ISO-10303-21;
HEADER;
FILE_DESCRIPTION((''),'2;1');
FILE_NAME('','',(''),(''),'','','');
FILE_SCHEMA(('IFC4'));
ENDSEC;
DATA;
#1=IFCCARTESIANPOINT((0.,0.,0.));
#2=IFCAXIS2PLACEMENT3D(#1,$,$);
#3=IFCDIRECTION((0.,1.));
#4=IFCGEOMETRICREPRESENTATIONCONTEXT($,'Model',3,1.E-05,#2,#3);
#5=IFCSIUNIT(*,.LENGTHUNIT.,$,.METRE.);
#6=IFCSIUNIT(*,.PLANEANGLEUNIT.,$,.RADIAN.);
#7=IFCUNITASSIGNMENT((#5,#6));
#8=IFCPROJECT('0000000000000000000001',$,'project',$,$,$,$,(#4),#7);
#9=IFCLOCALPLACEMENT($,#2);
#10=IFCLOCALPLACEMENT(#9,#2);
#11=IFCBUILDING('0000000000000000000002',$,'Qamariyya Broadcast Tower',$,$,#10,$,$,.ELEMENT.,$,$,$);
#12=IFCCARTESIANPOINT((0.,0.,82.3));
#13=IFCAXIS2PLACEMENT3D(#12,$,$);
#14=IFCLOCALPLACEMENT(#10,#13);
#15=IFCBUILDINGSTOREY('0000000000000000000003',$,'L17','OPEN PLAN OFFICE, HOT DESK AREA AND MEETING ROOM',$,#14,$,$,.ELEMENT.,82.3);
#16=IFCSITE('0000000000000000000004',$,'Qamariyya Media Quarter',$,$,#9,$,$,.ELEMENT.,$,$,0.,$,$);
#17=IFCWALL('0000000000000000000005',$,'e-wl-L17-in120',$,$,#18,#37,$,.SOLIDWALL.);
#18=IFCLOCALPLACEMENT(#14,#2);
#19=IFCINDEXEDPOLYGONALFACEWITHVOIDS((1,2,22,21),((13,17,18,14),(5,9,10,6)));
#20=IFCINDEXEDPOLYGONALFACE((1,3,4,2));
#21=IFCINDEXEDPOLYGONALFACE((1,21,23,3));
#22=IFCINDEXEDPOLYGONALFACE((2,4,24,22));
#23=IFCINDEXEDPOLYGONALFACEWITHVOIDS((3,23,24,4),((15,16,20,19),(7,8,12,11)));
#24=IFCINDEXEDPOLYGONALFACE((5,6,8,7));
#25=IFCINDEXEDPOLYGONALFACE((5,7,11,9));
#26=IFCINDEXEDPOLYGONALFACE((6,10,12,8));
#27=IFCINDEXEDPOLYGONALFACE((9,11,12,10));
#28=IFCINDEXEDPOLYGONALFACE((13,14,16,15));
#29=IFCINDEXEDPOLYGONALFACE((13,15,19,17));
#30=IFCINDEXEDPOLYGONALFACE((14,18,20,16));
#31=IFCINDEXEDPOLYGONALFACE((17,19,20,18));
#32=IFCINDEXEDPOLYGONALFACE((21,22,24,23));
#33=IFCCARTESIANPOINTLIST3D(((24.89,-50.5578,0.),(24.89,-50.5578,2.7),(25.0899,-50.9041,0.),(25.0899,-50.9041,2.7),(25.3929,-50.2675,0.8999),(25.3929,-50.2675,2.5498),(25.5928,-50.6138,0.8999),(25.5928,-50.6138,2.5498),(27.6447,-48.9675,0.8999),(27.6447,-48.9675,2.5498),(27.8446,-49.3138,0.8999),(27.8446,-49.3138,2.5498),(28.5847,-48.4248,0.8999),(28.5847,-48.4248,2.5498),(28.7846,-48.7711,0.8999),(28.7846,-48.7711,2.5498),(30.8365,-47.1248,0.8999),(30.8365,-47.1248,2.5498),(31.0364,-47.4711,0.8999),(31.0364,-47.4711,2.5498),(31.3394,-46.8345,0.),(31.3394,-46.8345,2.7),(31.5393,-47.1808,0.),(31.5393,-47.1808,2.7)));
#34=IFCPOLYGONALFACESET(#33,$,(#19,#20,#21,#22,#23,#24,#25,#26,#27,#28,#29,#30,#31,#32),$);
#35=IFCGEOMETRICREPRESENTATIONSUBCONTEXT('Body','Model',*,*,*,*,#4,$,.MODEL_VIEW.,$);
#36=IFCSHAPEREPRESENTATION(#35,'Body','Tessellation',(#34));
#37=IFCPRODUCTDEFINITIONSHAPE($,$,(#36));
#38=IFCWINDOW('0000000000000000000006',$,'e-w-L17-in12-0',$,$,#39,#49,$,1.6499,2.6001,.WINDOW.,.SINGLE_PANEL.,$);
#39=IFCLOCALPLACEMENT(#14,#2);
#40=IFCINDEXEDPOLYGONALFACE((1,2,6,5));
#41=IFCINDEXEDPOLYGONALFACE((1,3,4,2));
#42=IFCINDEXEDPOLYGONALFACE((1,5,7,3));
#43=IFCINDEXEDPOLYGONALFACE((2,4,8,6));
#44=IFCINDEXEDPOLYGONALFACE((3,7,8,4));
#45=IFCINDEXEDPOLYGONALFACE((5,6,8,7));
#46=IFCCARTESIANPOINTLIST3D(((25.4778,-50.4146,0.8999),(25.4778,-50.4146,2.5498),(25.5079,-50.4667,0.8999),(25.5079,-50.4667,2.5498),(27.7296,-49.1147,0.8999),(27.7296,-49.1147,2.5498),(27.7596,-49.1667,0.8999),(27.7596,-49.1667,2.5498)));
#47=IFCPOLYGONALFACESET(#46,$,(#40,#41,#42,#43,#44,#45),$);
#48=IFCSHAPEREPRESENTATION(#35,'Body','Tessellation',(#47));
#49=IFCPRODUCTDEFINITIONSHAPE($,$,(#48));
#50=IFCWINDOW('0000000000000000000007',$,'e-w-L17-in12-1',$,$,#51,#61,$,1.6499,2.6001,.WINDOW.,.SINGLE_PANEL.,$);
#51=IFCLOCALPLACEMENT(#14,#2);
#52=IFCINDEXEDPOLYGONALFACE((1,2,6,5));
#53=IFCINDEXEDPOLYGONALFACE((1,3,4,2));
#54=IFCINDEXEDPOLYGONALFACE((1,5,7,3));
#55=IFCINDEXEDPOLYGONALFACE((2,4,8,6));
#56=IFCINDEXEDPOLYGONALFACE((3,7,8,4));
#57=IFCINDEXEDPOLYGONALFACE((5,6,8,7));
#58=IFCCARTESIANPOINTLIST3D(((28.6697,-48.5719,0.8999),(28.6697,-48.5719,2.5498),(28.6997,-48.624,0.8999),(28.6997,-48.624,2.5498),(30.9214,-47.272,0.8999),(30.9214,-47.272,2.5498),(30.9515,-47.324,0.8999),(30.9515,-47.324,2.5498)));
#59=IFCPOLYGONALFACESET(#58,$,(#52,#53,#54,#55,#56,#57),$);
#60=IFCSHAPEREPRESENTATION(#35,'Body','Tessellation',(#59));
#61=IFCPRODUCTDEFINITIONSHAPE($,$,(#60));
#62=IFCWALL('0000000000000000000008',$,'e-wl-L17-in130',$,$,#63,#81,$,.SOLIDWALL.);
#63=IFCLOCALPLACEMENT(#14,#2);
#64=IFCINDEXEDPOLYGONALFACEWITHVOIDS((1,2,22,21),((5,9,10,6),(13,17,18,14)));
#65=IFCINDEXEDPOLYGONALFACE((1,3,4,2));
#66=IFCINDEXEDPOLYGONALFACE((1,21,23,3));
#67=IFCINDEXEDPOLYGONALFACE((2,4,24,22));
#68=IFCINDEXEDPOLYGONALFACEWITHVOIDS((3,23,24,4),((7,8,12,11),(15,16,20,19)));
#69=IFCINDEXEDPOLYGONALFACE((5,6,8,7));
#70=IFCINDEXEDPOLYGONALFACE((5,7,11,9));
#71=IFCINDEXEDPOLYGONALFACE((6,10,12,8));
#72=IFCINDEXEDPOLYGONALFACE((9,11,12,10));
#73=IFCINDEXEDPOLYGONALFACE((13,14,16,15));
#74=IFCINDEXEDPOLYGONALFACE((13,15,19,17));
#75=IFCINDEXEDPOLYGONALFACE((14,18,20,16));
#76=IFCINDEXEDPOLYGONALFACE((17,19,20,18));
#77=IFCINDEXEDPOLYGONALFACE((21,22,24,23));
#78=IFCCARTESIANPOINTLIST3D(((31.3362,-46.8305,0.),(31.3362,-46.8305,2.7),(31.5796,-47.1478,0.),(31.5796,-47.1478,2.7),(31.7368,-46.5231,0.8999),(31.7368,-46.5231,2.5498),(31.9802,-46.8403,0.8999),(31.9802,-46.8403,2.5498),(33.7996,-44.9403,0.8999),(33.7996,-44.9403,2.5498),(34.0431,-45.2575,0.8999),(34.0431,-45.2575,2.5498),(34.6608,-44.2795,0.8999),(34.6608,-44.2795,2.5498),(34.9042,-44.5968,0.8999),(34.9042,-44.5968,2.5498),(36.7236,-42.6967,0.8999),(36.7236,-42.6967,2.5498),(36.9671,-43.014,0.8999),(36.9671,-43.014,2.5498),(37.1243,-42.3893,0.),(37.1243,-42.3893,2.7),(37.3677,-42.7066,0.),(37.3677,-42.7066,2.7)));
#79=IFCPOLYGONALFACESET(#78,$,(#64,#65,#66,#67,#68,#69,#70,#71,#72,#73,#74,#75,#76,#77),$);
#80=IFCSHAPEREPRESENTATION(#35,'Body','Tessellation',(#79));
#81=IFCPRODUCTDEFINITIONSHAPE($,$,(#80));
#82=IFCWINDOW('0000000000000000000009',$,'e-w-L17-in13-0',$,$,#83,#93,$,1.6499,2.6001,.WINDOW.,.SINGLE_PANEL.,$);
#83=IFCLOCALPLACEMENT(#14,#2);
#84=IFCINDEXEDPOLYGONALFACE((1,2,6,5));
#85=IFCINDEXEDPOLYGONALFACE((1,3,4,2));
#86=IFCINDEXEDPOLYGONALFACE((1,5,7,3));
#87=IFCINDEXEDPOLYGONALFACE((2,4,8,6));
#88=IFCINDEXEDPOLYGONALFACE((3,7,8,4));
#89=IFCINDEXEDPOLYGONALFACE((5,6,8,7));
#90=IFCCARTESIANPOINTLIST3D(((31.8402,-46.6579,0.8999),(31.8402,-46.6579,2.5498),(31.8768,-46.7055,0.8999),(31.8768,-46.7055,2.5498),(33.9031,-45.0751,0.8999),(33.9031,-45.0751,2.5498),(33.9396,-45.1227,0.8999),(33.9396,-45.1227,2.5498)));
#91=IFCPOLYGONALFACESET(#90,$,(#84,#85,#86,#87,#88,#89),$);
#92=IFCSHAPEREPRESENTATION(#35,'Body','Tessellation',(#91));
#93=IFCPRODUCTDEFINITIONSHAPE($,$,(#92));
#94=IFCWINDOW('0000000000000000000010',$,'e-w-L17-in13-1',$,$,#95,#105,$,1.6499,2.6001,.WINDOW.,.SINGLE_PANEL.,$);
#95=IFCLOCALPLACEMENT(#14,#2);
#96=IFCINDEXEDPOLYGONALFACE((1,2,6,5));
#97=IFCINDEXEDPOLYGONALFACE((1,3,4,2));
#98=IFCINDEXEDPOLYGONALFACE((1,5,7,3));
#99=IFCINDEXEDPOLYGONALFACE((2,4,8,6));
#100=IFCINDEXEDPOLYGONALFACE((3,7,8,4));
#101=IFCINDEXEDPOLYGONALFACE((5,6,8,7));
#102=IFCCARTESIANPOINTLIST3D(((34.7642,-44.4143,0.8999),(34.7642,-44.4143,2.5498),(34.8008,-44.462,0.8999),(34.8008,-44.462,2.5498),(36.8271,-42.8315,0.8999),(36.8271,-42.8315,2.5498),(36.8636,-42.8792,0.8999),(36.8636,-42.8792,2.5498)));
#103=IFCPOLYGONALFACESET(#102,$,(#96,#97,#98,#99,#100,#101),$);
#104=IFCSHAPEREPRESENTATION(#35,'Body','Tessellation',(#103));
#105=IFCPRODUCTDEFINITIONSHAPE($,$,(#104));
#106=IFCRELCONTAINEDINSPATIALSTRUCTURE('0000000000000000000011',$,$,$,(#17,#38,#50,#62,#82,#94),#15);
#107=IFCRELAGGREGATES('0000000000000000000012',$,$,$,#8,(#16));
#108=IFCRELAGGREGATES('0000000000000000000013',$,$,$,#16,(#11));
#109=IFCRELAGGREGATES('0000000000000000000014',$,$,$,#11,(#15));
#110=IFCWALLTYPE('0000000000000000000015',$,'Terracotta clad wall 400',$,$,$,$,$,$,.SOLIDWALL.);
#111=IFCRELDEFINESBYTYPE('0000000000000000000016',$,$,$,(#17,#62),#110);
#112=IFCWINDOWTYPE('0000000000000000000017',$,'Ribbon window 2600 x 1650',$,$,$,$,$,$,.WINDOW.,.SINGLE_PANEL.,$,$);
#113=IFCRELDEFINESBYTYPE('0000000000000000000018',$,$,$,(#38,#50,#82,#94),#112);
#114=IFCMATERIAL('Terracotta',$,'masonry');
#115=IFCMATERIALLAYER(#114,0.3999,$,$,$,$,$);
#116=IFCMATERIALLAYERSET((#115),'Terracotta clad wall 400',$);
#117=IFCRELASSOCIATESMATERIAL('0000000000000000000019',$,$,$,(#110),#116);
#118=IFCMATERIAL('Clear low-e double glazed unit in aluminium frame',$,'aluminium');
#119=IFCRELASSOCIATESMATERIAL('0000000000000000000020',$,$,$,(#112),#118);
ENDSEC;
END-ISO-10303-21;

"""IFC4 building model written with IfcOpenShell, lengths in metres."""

from ifc_helpers import new_model, si_unit, direction, frame, frame_2d, origin, place, context, subcontext, project, spatial, rectangle, extrude, material, layer, layer_set, type_object, element, fill, save


model = new_model("IFC4")

# Units and contexts
model_context = context("Model", 3, precision=1e-05, world=origin(), true_north=direction((0.0, 1.0)))
body_context = subcontext(model_context, "Body", "Model", "MODEL_VIEW")
ifc_project = project(units=[si_unit("LENGTHUNIT", "METRE"), si_unit("PLANEANGLEUNIT", "RADIAN")], contexts=[model_context])

# Site, building, storey
site_placement = place(None, origin())
building_placement = place(site_placement, origin())
storey_placement = place(building_placement, frame((0.0, 0.0, 82.3)))
site = spatial("IfcSite", under=ifc_project, at=site_placement, Name="Qamariyya Media Quarter", CompositionType="ELEMENT", RefElevation=0.0)
building = spatial("IfcBuilding", under=site, at=building_placement, Name="Qamariyya Broadcast Tower", CompositionType="ELEMENT")
storey = spatial("IfcBuildingStorey", under=building, at=storey_placement, Name="L17", Description="OPEN PLAN OFFICE, HOT DESK AREA AND MEETING ROOM", CompositionType="ELEMENT", Elevation=82.3)

# Walls, openings, windows
ifc_material_1 = material(Name="Terracotta", Category="masonry")
ifc_layer = layer(ifc_material_1, 0.3999)
ifc_layer_set = layer_set([ifc_layer], Name="Terracotta clad wall 400")
wall_type = type_object("IfcWallType", Name="Terracotta clad wall 400", PredefinedType="SOLIDWALL", material=ifc_layer_set)
wall_1_placement = place(storey_placement, frame((31.4395, -47.0076, 0.0), z_axis=(0.0, 0.0, 1.0), x_axis=(-0.866038, -0.499979, 0.0)))
wall_1 = element("IfcWall", 1, at=wall_1_placement, inside=storey, type_object=wall_type, Name="e-wl-L17-in120", PredefinedType="SOLIDWALL", context=body_context, shape_type="SweptSolid", body=[
    extrude(rectangle(XDim=7.447, YDim=0.3999, at=frame_2d((3.7236, 0.0))), origin(), (0.0, 0.0, 1.0), 2.7),
])
opening_1_placement = place(wall_1_placement, frame((4.2664, 0.0, 0.8999)))
opening_1 = element("IfcOpeningElement", 2, at=opening_1_placement, cuts=wall_1, PredefinedType="OPENING", context=body_context, shape_type="SweptSolid", body=[
    extrude(rectangle(XDim=2.6001, YDim=1.6499, at=frame_2d((1.3, 0.825))), frame((0.0, 0.21, 0.0), z_axis=(0.0, -1.0, 0.0), x_axis=(1.0, 0.0, 0.0)), (0.0, 0.0, 1.0), 0.4199),
])
opening_2_placement = place(wall_1_placement, frame((0.5808, 0.0, 0.8999)))
opening_2 = element("IfcOpeningElement", 3, at=opening_2_placement, cuts=wall_1, PredefinedType="OPENING", context=body_context, shape_type="SweptSolid", body=[
    extrude(rectangle(XDim=2.6001, YDim=1.6499, at=frame_2d((1.3, 0.825))), frame((0.0, 0.21, 0.0), z_axis=(0.0, -1.0, 0.0), x_axis=(1.0, 0.0, 0.0)), (0.0, 0.0, 1.0), 0.4199),
])
ifc_material_2 = material(Name="Clear low-e double glazed unit in aluminium frame", Category="aluminium")
window_type = type_object("IfcWindowType", Name="Ribbon window 2600 x 1650", PartitioningType="SINGLE_PANEL", PredefinedType="WINDOW", material=ifc_material_2)
window_1_placement = place(opening_1_placement, origin())
window_1 = element("IfcWindow", 4, at=window_1_placement, inside=storey, type_object=window_type, Name="e-w-L17-in12-0", OverallHeight=1.6499, OverallWidth=2.6001, PartitioningType="SINGLE_PANEL", PredefinedType="WINDOW", context=body_context, shape_type="SweptSolid", body=[
    extrude(rectangle(XDim=2.6001, YDim=1.6499, at=frame_2d((1.3, 0.825))), frame((0.0, 0.03, 0.0), z_axis=(0.0, -1.0, 0.0), x_axis=(1.0, 0.0, 0.0)), (0.0, 0.0, 1.0), 0.0601),
])
fill(opening_1, window_1)
window_2_placement = place(opening_2_placement, origin())
window_2 = element("IfcWindow", 5, at=window_2_placement, inside=storey, type_object=window_type, Name="e-w-L17-in12-1", OverallHeight=1.6499, OverallWidth=2.6001, PartitioningType="SINGLE_PANEL", PredefinedType="WINDOW", context=body_context, shape_type="SweptSolid", body=[
    extrude(rectangle(XDim=2.6001, YDim=1.6499, at=frame_2d((1.3, 0.825))), frame((0.0, 0.03, 0.0), z_axis=(0.0, -1.0, 0.0), x_axis=(1.0, 0.0, 0.0)), (0.0, 0.0, 1.0), 0.0601),
])
fill(opening_2, window_2)
wall_2_placement = place(storey_placement, frame((37.2461, -42.5479, 0.0), z_axis=(0.0, 0.0, 1.0), x_axis=(-0.793366, -0.608745, 0.0)))
wall_2 = element("IfcWall", 6, at=wall_2_placement, inside=storey, type_object=wall_type, Name="e-wl-L17-in130", PredefinedType="SOLIDWALL", context=body_context, shape_type="SweptSolid", body=[
    extrude(rectangle(XDim=7.2957, YDim=0.3999, at=frame_2d((3.6479, 0.0))), origin(), (0.0, 0.0, 1.0), 2.7),
])
opening_3_placement = place(wall_2_placement, frame((4.1907, 0.0, 0.8999)))
opening_3 = element("IfcOpeningElement", 7, at=opening_3_placement, cuts=wall_2, PredefinedType="OPENING", context=body_context, shape_type="SweptSolid", body=[
    extrude(rectangle(XDim=2.6001, YDim=1.6499, at=frame_2d((1.3, 0.825))), frame((0.0, 0.21, 0.0), z_axis=(0.0, -1.0, 0.0), x_axis=(1.0, 0.0, 0.0)), (0.0, 0.0, 1.0), 0.4199),
])
opening_4_placement = place(wall_2_placement, frame((0.5051, 0.0, 0.8999)))
opening_4 = element("IfcOpeningElement", 8, at=opening_4_placement, cuts=wall_2, PredefinedType="OPENING", context=body_context, shape_type="SweptSolid", body=[
    extrude(rectangle(XDim=2.6001, YDim=1.6499, at=frame_2d((1.3, 0.825))), frame((0.0, 0.21, 0.0), z_axis=(0.0, -1.0, 0.0), x_axis=(1.0, 0.0, 0.0)), (0.0, 0.0, 1.0), 0.4199),
])
window_3_placement = place(opening_3_placement, origin())
window_3 = element("IfcWindow", 9, at=window_3_placement, inside=storey, type_object=window_type, Name="e-w-L17-in13-0", OverallHeight=1.6499, OverallWidth=2.6001, PartitioningType="SINGLE_PANEL", PredefinedType="WINDOW", context=body_context, shape_type="SweptSolid", body=[
    extrude(rectangle(XDim=2.6001, YDim=1.6499, at=frame_2d((1.3, 0.825))), frame((0.0, 0.03, 0.0), z_axis=(0.0, -1.0, 0.0), x_axis=(1.0, 0.0, 0.0)), (0.0, 0.0, 1.0), 0.0601),
])
fill(opening_3, window_3)
window_4_placement = place(opening_4_placement, origin())
window_4 = element("IfcWindow", 10, at=window_4_placement, inside=storey, type_object=window_type, Name="e-w-L17-in13-1", OverallHeight=1.6499, OverallWidth=2.6001, PartitioningType="SINGLE_PANEL", PredefinedType="WINDOW", context=body_context, shape_type="SweptSolid", body=[
    extrude(rectangle(XDim=2.6001, YDim=1.6499, at=frame_2d((1.3, 0.825))), frame((0.0, 0.03, 0.0), z_axis=(0.0, -1.0, 0.0), x_axis=(1.0, 0.0, 0.0)), (0.0, 0.0, 1.0), 0.0601),
])
fill(opening_4, window_4)

save(model, "model.ifc")
